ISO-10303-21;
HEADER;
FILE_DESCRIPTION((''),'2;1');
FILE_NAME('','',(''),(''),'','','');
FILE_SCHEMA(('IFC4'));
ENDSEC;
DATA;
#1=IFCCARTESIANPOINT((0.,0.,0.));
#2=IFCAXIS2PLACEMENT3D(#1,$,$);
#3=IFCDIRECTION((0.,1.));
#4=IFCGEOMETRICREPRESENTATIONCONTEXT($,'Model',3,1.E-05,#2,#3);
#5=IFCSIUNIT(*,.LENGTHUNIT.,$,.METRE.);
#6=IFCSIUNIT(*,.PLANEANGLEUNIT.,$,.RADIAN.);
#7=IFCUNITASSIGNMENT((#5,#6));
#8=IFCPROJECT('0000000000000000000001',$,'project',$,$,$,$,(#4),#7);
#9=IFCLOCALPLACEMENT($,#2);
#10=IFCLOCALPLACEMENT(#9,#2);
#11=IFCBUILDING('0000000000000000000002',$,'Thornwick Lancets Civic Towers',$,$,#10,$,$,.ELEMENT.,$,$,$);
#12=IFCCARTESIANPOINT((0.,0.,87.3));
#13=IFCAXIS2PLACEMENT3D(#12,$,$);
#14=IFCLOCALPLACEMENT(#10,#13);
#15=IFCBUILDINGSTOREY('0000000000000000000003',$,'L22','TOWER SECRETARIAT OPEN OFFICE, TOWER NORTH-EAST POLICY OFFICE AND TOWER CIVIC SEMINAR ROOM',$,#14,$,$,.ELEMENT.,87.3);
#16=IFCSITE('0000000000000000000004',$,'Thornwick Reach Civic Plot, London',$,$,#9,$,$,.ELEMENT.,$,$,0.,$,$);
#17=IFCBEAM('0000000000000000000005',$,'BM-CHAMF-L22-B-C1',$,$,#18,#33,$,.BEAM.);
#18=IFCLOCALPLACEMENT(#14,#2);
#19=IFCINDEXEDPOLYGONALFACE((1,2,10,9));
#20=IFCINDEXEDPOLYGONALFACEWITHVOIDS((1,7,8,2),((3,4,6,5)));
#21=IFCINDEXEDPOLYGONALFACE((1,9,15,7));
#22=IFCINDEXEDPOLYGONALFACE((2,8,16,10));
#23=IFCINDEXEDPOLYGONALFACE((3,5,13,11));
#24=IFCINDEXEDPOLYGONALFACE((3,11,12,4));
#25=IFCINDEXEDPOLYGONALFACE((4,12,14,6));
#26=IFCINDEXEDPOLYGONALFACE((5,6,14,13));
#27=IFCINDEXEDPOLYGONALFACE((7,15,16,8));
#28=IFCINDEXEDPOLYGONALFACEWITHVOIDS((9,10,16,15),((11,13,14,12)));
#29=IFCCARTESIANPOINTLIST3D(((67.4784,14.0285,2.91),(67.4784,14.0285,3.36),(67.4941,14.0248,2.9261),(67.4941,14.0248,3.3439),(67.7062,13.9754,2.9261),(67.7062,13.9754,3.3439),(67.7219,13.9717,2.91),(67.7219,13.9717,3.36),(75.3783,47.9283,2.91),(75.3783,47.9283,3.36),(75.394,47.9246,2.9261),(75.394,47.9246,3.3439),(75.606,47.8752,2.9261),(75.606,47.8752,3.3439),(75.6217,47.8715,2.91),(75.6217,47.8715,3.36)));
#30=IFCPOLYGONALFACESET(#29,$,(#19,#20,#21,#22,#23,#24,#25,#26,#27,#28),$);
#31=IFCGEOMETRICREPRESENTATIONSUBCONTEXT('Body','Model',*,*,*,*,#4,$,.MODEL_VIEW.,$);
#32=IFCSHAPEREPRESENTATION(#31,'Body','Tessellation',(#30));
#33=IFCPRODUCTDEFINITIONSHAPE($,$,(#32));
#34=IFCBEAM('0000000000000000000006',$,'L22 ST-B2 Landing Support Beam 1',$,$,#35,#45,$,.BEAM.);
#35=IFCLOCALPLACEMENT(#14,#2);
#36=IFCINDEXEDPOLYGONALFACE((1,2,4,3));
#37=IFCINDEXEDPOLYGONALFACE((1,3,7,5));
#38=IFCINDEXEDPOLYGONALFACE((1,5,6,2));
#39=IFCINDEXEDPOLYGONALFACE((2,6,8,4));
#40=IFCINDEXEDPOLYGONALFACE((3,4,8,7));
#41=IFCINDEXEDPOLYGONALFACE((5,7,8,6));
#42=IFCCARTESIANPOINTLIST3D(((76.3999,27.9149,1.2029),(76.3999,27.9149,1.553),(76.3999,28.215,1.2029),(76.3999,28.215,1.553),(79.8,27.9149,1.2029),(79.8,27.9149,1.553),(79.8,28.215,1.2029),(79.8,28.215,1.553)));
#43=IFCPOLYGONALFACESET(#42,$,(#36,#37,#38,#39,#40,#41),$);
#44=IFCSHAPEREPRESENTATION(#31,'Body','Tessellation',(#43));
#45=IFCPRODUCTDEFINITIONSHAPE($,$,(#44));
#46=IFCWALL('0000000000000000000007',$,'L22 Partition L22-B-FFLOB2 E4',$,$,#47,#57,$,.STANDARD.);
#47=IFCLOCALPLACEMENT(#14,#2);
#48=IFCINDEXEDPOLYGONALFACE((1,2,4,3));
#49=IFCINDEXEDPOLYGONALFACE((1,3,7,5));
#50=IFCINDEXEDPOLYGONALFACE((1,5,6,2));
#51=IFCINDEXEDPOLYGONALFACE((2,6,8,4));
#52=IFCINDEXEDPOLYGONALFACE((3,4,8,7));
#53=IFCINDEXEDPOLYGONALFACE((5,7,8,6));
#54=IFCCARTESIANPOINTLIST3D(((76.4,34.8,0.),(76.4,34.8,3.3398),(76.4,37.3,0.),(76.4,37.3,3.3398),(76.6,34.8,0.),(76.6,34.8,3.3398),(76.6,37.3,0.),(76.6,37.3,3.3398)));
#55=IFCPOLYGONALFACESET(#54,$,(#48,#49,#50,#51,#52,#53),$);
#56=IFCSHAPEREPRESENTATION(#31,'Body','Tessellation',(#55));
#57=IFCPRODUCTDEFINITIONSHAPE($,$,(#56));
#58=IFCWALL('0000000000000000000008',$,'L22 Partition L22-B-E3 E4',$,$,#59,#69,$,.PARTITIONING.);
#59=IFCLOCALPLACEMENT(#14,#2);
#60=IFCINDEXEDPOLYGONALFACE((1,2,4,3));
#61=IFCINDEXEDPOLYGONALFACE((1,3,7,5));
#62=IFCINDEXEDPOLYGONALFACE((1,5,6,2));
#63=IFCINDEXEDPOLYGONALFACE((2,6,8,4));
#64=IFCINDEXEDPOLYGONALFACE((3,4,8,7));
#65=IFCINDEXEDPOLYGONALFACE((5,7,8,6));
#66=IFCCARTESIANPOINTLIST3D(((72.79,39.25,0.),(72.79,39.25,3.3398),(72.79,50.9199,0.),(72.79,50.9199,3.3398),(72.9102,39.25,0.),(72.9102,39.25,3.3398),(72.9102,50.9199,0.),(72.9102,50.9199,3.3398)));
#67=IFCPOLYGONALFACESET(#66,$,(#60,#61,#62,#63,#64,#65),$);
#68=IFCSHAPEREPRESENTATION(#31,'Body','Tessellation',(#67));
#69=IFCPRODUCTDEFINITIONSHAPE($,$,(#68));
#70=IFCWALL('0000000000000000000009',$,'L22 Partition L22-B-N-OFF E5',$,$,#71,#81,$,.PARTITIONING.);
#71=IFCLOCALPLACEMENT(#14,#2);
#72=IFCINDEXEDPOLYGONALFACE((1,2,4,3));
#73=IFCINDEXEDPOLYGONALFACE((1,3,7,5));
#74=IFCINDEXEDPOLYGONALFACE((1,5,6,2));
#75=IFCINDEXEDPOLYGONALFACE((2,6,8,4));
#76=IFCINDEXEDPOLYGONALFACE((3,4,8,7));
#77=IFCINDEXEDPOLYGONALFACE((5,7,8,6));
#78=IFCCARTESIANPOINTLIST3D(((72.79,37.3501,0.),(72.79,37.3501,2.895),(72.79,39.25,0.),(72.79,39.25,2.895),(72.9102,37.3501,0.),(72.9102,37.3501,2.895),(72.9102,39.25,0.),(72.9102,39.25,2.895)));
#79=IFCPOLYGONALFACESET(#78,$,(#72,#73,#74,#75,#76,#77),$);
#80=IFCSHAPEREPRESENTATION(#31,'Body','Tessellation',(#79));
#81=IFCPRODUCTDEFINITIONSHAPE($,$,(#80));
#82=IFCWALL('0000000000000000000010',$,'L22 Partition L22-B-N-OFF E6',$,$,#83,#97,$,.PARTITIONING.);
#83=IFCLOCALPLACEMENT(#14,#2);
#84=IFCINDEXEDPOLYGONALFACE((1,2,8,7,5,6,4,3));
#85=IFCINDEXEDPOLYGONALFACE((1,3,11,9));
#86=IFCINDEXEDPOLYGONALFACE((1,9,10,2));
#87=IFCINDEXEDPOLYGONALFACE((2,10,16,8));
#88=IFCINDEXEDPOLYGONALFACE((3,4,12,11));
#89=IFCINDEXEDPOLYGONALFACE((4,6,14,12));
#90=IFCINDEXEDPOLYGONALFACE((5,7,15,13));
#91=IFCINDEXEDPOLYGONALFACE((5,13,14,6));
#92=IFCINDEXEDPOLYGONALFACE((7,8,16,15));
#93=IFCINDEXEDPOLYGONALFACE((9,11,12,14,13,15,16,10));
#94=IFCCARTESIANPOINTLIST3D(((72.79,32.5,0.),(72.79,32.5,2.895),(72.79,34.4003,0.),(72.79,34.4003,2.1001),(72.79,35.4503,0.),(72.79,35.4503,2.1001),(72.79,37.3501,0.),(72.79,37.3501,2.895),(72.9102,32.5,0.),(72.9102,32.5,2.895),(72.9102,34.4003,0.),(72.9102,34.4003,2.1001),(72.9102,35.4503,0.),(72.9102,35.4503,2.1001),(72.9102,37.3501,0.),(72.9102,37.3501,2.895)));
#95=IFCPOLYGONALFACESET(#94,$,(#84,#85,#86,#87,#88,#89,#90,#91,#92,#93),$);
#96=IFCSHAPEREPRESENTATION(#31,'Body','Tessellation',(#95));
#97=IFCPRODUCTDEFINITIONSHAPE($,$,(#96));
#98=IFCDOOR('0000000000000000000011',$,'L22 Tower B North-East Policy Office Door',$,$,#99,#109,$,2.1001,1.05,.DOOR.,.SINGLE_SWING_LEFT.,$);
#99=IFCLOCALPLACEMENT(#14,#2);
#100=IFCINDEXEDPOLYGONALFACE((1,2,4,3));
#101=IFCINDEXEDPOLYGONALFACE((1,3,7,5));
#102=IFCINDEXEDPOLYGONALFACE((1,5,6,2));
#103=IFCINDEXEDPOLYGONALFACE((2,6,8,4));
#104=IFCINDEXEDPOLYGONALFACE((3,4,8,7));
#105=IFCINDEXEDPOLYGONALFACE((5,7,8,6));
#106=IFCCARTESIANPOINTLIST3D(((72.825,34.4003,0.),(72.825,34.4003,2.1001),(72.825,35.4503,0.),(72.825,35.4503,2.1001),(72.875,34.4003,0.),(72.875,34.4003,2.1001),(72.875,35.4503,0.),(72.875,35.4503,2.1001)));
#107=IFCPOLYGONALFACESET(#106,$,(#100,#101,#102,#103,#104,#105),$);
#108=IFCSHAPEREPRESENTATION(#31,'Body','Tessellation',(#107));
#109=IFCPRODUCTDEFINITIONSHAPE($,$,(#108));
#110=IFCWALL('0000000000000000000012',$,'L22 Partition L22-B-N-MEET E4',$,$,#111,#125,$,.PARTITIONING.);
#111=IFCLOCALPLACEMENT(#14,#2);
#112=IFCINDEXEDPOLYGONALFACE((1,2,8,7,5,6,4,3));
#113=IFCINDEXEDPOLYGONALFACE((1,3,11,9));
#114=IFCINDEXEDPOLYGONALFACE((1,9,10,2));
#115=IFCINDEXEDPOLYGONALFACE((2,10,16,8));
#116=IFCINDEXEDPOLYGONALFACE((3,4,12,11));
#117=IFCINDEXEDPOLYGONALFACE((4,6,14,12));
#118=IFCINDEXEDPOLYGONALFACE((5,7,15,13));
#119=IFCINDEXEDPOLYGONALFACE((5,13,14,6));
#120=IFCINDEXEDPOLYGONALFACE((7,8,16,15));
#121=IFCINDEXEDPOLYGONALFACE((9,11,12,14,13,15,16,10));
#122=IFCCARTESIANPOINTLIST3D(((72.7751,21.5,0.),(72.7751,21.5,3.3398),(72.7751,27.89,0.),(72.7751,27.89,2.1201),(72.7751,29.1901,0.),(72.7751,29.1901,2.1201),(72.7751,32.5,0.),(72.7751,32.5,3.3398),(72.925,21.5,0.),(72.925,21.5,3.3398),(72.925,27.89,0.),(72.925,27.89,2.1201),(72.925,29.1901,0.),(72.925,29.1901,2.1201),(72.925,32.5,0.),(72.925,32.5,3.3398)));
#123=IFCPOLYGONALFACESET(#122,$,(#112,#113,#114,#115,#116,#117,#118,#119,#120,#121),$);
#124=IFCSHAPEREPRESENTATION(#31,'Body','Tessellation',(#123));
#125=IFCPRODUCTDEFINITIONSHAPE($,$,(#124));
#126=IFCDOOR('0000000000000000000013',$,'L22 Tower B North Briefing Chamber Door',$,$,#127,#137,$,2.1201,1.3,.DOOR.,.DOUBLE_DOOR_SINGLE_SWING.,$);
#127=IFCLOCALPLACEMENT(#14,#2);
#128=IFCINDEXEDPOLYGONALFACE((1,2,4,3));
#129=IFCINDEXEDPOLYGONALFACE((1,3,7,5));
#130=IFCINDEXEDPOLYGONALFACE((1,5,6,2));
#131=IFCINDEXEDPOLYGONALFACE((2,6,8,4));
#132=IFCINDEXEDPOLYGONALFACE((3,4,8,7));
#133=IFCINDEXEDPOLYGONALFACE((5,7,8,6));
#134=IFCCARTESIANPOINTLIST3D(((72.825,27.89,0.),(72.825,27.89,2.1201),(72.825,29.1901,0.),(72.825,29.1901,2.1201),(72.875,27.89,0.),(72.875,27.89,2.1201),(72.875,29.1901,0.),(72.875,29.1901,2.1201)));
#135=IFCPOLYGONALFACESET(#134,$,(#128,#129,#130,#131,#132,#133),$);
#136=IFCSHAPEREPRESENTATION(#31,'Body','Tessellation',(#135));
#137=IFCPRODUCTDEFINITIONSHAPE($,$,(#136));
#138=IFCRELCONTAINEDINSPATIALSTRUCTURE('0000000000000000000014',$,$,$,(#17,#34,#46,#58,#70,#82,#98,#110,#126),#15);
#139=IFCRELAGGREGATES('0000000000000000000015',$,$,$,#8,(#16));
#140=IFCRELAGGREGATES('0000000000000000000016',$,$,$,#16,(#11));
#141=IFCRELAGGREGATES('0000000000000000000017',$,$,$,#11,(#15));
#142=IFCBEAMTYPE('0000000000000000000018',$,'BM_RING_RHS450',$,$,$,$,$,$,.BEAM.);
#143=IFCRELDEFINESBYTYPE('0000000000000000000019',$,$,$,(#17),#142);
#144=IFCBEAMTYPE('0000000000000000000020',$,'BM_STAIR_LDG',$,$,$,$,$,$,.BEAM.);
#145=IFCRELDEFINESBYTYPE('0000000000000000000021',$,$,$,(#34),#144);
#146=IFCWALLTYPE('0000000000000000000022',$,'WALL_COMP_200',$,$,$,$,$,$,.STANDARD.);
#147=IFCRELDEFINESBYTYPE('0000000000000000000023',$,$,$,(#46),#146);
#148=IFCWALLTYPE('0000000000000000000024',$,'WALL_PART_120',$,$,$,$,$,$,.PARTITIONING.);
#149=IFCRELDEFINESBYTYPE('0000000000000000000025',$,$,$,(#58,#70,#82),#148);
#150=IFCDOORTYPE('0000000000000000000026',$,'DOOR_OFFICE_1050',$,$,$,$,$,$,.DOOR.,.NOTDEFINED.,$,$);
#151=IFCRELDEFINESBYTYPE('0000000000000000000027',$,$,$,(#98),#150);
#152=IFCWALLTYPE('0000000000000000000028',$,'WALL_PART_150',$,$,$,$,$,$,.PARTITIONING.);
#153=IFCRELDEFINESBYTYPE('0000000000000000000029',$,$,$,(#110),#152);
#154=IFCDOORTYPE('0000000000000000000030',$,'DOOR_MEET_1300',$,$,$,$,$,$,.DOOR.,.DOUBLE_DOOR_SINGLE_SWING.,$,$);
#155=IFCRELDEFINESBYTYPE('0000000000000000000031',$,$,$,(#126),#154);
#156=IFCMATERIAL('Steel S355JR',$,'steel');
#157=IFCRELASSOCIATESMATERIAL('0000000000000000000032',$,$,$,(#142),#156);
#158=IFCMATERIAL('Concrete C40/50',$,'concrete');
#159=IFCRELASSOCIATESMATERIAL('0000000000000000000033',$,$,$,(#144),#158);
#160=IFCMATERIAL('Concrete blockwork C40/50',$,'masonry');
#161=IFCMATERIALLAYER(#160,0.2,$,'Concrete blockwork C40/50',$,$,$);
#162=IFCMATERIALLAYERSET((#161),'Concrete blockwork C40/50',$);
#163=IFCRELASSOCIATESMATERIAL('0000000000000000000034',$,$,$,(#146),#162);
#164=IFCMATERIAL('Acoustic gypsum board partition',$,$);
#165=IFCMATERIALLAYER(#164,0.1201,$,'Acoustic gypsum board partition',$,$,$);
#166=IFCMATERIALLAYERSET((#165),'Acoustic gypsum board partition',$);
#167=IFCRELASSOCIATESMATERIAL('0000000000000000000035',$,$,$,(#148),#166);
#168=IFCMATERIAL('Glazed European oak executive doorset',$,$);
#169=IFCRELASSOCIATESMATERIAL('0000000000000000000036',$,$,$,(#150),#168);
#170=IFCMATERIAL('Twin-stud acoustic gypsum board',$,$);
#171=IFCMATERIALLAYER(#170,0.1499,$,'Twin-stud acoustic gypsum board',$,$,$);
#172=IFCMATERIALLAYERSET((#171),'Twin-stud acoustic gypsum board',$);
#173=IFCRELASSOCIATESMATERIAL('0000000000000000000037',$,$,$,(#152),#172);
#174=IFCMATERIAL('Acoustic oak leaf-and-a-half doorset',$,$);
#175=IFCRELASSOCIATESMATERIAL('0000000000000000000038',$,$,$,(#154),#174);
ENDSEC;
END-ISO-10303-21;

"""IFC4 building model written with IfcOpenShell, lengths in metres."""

from ifc_helpers import new_model, si_unit, direction, frame, frame_2d, origin, origin_2d, place, context, subcontext, project, spatial, rectangle, hollow_rectangle, extrude, material, layer, layer_set, material_profile, profile_set, type_object, element, fill, save


model = new_model("IFC4")

# Units and contexts
model_context = context("Model", 3, precision=1e-05, world=origin(), true_north=direction((0.0, 1.0)))
body_context = subcontext(model_context, "Body", "Model", "MODEL_VIEW")
ifc_project = project(units=[si_unit("LENGTHUNIT", "METRE"), si_unit("PLANEANGLEUNIT", "RADIAN")], contexts=[model_context])

# Site, building, storey
site_placement = place(None, origin())
site = spatial("IfcSite", under=ifc_project, at=site_placement, Name="Thornwick Reach Civic Plot, London", CompositionType="ELEMENT", RefElevation=0.0)
building_placement = place(site_placement, origin())
building = spatial("IfcBuilding", under=site, at=building_placement, Name="Thornwick Lancets Civic Towers", CompositionType="ELEMENT")
storey_placement = place(building_placement, frame((0.0, 0.0, 87.3)))
storey = spatial("IfcBuildingStorey", under=building, at=storey_placement, Name="L22", Description="TOWER SECRETARIAT OPEN OFFICE, TOWER NORTH-EAST POLICY OFFICE AND TOWER CIVIC SEMINAR ROOM", CompositionType="ELEMENT", Elevation=87.3)

# Beams
ifc_material_1 = material(Name="Steel S355JR", Category="steel")
ifc_material_profile_1 = material_profile(ifc_material_1, hollow_rectangle(XDim=0.25, YDim=0.45, WallThickness=0.0161, at=origin_2d()), Name="RHS 450x250x16")
ifc_profile_set_1 = profile_set([ifc_material_profile_1], Name="Steel S355JR")
beam_type_1 = type_object("IfcBeamType", Name="BM_RING_RHS450", PredefinedType="BEAM", material=ifc_profile_set_1)
beam_1_placement = place(storey_placement, frame((75.5, 47.8999, 3.135), z_axis=(-0.226955, -0.973905, 0.0), x_axis=(0.973905, -0.226955, 0.0)))
element("IfcBeam", 1, at=beam_1_placement, inside=storey, type_object=beam_type_1, Name="BM-CHAMF-L22-B-C1", PredefinedType="BEAM", context=body_context, shape_type="SweptSolid", body=[
    extrude(hollow_rectangle(XDim=0.25, YDim=0.45, WallThickness=0.0161, at=origin_2d()), origin(), (0.0, 0.0, 1.0), 34.8081),
])
ifc_material_2 = material(Name="Concrete C40/50", Category="concrete")
ifc_material_profile_2 = material_profile(ifc_material_2, rectangle(XDim=0.3, YDim=0.3501, at=origin_2d()), Name="RC 300x350")
ifc_profile_set_2 = profile_set([ifc_material_profile_2], Name="Concrete C40/50")
beam_type_2 = type_object("IfcBeamType", Name="BM_STAIR_LDG", PredefinedType="BEAM", material=ifc_profile_set_2)
beam_2_placement = place(storey_placement, frame((76.3999, 28.0649, 1.3779), z_axis=(1.0, 0.0, 0.0), x_axis=(0.0, 1.0, 0.0)))
element("IfcBeam", 2, at=beam_2_placement, inside=storey, type_object=beam_type_2, Name="L22 ST-B2 Landing Support Beam 1", PredefinedType="BEAM", context=body_context, shape_type="SweptSolid", body=[
    extrude(rectangle(XDim=0.3, YDim=0.3501, at=origin_2d()), origin(), (0.0, 0.0, 1.0), 3.4001),
])

# Walls
ifc_material_3 = material(Name="Concrete blockwork C40/50", Category="masonry")
ifc_layer_1 = layer(ifc_material_3, 0.2, Name="Concrete blockwork C40/50")
ifc_layer_set_1 = layer_set([ifc_layer_1], Name="Concrete blockwork C40/50")
wall_type_1 = type_object("IfcWallType", Name="WALL_COMP_200", PredefinedType="STANDARD", material=ifc_layer_set_1)
wall_1_placement = place(storey_placement, frame((76.5, 37.3, 0.0), z_axis=(0.0, 0.0, 1.0), x_axis=(0.0, -1.0, 0.0)))
element("IfcWall", 3, at=wall_1_placement, inside=storey, type_object=wall_type_1, Name="L22 Partition L22-B-FFLOB2 E4", PredefinedType="STANDARD", context=body_context, shape_type="SweptSolid", body=[
    extrude(rectangle(XDim=2.5, YDim=0.2, at=frame_2d((1.25, 0.0))), origin(), (0.0, 0.0, 1.0), 3.3398),
])
ifc_material_4 = material(Name="Acoustic gypsum board partition")
ifc_layer_2 = layer(ifc_material_4, 0.1201, Name="Acoustic gypsum board partition")
ifc_layer_set_2 = layer_set([ifc_layer_2], Name="Acoustic gypsum board partition")
wall_type_2 = type_object("IfcWallType", Name="WALL_PART_120", PredefinedType="PARTITIONING", material=ifc_layer_set_2)
wall_2_placement = place(storey_placement, frame((72.8501, 39.25, 0.0), z_axis=(0.0, 0.0, 1.0), x_axis=(0.0, 1.0, 0.0)))
element("IfcWall", 4, at=wall_2_placement, inside=storey, type_object=wall_type_2, Name="L22 Partition L22-B-E3 E4", PredefinedType="PARTITIONING", context=body_context, shape_type="SweptSolid", body=[
    extrude(rectangle(XDim=11.6699, YDim=0.1201, at=frame_2d((5.835, 0.0))), origin(), (0.0, 0.0, 1.0), 3.3398),
])
wall_3_placement = place(storey_placement, frame((72.8501, 39.25, 0.0), z_axis=(0.0, 0.0, 1.0), x_axis=(0.0, -1.0, 0.0)))
element("IfcWall", 5, at=wall_3_placement, inside=storey, type_object=wall_type_2, Name="L22 Partition L22-B-N-OFF E5", PredefinedType="PARTITIONING", context=body_context, shape_type="SweptSolid", body=[
    extrude(rectangle(XDim=1.8999, YDim=0.1201, at=frame_2d((0.95, 0.0))), origin(), (0.0, 0.0, 1.0), 2.895),
])

# Walls, openings, doors
wall_4_placement = place(storey_placement, frame((72.8501, 37.3501, 0.0), z_axis=(0.0, 0.0, 1.0), x_axis=(0.0, -1.0, 0.0)))
wall_4 = element("IfcWall", 6, at=wall_4_placement, inside=storey, type_object=wall_type_2, Name="L22 Partition L22-B-N-OFF E6", PredefinedType="PARTITIONING", context=body_context, shape_type="SweptSolid", body=[
    extrude(rectangle(XDim=4.8501, YDim=0.1201, at=frame_2d((2.425, 0.0))), origin(), (0.0, 0.0, 1.0), 2.895),
])
opening_1_placement = place(wall_4_placement, frame((1.8999, 0.0, 0.0)))
opening_1 = element("IfcOpeningElement", 7, at=opening_1_placement, cuts=wall_4, PredefinedType="OPENING", context=body_context, shape_type="SweptSolid", body=[
    extrude(rectangle(XDim=1.05, YDim=2.1001, at=frame_2d((0.5249, 1.05))), frame((0.0, 0.0701, 0.0), z_axis=(0.0, -1.0, 0.0), x_axis=(1.0, 0.0, 0.0)), (0.0, 0.0, 1.0), 0.1401),
])
ifc_material_5 = material(Name="Glazed European oak executive doorset")
door_type_1 = type_object("IfcDoorType", Name="DOOR_OFFICE_1050", OperationType="NOTDEFINED", PredefinedType="DOOR", material=ifc_material_5)
door_1_placement = place(opening_1_placement, origin())
door_1 = element("IfcDoor", 8, at=door_1_placement, inside=storey, type_object=door_type_1, Name="L22 Tower B North-East Policy Office Door", OperationType="SINGLE_SWING_LEFT", OverallHeight=2.1001, OverallWidth=1.05, PredefinedType="DOOR", context=body_context, shape_type="SweptSolid", body=[
    extrude(rectangle(XDim=1.05, YDim=2.1001, at=frame_2d((0.5249, 1.05))), frame((0.0, 0.0249, 0.0), z_axis=(0.0, -1.0, 0.0), x_axis=(1.0, 0.0, 0.0)), (0.0, 0.0, 1.0), 0.05),
])
fill(opening_1, door_1)
ifc_material_6 = material(Name="Twin-stud acoustic gypsum board")
ifc_layer_3 = layer(ifc_material_6, 0.1499, Name="Twin-stud acoustic gypsum board")
ifc_layer_set_3 = layer_set([ifc_layer_3], Name="Twin-stud acoustic gypsum board")
wall_type_3 = type_object("IfcWallType", Name="WALL_PART_150", PredefinedType="PARTITIONING", material=ifc_layer_set_3)
wall_5_placement = place(storey_placement, frame((72.8501, 32.5, 0.0), z_axis=(0.0, 0.0, 1.0), x_axis=(0.0, -1.0, 0.0)))
wall_5 = element("IfcWall", 9, at=wall_5_placement, inside=storey, type_object=wall_type_3, Name="L22 Partition L22-B-N-MEET E4", PredefinedType="PARTITIONING", context=body_context, shape_type="SweptSolid", body=[
    extrude(rectangle(XDim=11.0, YDim=0.1499, at=frame_2d((5.5, 0.0))), origin(), (0.0, 0.0, 1.0), 3.3398),
])
opening_2_placement = place(wall_5_placement, frame((3.3101, 0.0, 0.0)))
opening_2 = element("IfcOpeningElement", 10, at=opening_2_placement, cuts=wall_5, PredefinedType="OPENING", context=body_context, shape_type="SweptSolid", body=[
    extrude(rectangle(XDim=1.3, YDim=2.1201, at=frame_2d((0.6499, 1.0601))), frame((0.0, 0.085, 0.0), z_axis=(0.0, -1.0, 0.0), x_axis=(1.0, 0.0, 0.0)), (0.0, 0.0, 1.0), 0.1699),
])
ifc_material_7 = material(Name="Acoustic oak leaf-and-a-half doorset")
door_type_2 = type_object("IfcDoorType", Name="DOOR_MEET_1300", OperationType="DOUBLE_DOOR_SINGLE_SWING", PredefinedType="DOOR", material=ifc_material_7)
door_2_placement = place(opening_2_placement, origin())
door_2 = element("IfcDoor", 11, at=door_2_placement, inside=storey, type_object=door_type_2, Name="L22 Tower B North Briefing Chamber Door", OperationType="DOUBLE_DOOR_SINGLE_SWING", OverallHeight=2.1201, OverallWidth=1.3, PredefinedType="DOOR", context=body_context, shape_type="SweptSolid", body=[
    extrude(rectangle(XDim=1.3, YDim=2.1201, at=frame_2d((0.6499, 1.0601))), frame((0.0, 0.0249, 0.0), z_axis=(0.0, -1.0, 0.0), x_axis=(1.0, 0.0, 0.0)), (0.0, 0.0, 1.0), 0.05),
])
fill(opening_2, door_2)

save(model, "model.ifc")
